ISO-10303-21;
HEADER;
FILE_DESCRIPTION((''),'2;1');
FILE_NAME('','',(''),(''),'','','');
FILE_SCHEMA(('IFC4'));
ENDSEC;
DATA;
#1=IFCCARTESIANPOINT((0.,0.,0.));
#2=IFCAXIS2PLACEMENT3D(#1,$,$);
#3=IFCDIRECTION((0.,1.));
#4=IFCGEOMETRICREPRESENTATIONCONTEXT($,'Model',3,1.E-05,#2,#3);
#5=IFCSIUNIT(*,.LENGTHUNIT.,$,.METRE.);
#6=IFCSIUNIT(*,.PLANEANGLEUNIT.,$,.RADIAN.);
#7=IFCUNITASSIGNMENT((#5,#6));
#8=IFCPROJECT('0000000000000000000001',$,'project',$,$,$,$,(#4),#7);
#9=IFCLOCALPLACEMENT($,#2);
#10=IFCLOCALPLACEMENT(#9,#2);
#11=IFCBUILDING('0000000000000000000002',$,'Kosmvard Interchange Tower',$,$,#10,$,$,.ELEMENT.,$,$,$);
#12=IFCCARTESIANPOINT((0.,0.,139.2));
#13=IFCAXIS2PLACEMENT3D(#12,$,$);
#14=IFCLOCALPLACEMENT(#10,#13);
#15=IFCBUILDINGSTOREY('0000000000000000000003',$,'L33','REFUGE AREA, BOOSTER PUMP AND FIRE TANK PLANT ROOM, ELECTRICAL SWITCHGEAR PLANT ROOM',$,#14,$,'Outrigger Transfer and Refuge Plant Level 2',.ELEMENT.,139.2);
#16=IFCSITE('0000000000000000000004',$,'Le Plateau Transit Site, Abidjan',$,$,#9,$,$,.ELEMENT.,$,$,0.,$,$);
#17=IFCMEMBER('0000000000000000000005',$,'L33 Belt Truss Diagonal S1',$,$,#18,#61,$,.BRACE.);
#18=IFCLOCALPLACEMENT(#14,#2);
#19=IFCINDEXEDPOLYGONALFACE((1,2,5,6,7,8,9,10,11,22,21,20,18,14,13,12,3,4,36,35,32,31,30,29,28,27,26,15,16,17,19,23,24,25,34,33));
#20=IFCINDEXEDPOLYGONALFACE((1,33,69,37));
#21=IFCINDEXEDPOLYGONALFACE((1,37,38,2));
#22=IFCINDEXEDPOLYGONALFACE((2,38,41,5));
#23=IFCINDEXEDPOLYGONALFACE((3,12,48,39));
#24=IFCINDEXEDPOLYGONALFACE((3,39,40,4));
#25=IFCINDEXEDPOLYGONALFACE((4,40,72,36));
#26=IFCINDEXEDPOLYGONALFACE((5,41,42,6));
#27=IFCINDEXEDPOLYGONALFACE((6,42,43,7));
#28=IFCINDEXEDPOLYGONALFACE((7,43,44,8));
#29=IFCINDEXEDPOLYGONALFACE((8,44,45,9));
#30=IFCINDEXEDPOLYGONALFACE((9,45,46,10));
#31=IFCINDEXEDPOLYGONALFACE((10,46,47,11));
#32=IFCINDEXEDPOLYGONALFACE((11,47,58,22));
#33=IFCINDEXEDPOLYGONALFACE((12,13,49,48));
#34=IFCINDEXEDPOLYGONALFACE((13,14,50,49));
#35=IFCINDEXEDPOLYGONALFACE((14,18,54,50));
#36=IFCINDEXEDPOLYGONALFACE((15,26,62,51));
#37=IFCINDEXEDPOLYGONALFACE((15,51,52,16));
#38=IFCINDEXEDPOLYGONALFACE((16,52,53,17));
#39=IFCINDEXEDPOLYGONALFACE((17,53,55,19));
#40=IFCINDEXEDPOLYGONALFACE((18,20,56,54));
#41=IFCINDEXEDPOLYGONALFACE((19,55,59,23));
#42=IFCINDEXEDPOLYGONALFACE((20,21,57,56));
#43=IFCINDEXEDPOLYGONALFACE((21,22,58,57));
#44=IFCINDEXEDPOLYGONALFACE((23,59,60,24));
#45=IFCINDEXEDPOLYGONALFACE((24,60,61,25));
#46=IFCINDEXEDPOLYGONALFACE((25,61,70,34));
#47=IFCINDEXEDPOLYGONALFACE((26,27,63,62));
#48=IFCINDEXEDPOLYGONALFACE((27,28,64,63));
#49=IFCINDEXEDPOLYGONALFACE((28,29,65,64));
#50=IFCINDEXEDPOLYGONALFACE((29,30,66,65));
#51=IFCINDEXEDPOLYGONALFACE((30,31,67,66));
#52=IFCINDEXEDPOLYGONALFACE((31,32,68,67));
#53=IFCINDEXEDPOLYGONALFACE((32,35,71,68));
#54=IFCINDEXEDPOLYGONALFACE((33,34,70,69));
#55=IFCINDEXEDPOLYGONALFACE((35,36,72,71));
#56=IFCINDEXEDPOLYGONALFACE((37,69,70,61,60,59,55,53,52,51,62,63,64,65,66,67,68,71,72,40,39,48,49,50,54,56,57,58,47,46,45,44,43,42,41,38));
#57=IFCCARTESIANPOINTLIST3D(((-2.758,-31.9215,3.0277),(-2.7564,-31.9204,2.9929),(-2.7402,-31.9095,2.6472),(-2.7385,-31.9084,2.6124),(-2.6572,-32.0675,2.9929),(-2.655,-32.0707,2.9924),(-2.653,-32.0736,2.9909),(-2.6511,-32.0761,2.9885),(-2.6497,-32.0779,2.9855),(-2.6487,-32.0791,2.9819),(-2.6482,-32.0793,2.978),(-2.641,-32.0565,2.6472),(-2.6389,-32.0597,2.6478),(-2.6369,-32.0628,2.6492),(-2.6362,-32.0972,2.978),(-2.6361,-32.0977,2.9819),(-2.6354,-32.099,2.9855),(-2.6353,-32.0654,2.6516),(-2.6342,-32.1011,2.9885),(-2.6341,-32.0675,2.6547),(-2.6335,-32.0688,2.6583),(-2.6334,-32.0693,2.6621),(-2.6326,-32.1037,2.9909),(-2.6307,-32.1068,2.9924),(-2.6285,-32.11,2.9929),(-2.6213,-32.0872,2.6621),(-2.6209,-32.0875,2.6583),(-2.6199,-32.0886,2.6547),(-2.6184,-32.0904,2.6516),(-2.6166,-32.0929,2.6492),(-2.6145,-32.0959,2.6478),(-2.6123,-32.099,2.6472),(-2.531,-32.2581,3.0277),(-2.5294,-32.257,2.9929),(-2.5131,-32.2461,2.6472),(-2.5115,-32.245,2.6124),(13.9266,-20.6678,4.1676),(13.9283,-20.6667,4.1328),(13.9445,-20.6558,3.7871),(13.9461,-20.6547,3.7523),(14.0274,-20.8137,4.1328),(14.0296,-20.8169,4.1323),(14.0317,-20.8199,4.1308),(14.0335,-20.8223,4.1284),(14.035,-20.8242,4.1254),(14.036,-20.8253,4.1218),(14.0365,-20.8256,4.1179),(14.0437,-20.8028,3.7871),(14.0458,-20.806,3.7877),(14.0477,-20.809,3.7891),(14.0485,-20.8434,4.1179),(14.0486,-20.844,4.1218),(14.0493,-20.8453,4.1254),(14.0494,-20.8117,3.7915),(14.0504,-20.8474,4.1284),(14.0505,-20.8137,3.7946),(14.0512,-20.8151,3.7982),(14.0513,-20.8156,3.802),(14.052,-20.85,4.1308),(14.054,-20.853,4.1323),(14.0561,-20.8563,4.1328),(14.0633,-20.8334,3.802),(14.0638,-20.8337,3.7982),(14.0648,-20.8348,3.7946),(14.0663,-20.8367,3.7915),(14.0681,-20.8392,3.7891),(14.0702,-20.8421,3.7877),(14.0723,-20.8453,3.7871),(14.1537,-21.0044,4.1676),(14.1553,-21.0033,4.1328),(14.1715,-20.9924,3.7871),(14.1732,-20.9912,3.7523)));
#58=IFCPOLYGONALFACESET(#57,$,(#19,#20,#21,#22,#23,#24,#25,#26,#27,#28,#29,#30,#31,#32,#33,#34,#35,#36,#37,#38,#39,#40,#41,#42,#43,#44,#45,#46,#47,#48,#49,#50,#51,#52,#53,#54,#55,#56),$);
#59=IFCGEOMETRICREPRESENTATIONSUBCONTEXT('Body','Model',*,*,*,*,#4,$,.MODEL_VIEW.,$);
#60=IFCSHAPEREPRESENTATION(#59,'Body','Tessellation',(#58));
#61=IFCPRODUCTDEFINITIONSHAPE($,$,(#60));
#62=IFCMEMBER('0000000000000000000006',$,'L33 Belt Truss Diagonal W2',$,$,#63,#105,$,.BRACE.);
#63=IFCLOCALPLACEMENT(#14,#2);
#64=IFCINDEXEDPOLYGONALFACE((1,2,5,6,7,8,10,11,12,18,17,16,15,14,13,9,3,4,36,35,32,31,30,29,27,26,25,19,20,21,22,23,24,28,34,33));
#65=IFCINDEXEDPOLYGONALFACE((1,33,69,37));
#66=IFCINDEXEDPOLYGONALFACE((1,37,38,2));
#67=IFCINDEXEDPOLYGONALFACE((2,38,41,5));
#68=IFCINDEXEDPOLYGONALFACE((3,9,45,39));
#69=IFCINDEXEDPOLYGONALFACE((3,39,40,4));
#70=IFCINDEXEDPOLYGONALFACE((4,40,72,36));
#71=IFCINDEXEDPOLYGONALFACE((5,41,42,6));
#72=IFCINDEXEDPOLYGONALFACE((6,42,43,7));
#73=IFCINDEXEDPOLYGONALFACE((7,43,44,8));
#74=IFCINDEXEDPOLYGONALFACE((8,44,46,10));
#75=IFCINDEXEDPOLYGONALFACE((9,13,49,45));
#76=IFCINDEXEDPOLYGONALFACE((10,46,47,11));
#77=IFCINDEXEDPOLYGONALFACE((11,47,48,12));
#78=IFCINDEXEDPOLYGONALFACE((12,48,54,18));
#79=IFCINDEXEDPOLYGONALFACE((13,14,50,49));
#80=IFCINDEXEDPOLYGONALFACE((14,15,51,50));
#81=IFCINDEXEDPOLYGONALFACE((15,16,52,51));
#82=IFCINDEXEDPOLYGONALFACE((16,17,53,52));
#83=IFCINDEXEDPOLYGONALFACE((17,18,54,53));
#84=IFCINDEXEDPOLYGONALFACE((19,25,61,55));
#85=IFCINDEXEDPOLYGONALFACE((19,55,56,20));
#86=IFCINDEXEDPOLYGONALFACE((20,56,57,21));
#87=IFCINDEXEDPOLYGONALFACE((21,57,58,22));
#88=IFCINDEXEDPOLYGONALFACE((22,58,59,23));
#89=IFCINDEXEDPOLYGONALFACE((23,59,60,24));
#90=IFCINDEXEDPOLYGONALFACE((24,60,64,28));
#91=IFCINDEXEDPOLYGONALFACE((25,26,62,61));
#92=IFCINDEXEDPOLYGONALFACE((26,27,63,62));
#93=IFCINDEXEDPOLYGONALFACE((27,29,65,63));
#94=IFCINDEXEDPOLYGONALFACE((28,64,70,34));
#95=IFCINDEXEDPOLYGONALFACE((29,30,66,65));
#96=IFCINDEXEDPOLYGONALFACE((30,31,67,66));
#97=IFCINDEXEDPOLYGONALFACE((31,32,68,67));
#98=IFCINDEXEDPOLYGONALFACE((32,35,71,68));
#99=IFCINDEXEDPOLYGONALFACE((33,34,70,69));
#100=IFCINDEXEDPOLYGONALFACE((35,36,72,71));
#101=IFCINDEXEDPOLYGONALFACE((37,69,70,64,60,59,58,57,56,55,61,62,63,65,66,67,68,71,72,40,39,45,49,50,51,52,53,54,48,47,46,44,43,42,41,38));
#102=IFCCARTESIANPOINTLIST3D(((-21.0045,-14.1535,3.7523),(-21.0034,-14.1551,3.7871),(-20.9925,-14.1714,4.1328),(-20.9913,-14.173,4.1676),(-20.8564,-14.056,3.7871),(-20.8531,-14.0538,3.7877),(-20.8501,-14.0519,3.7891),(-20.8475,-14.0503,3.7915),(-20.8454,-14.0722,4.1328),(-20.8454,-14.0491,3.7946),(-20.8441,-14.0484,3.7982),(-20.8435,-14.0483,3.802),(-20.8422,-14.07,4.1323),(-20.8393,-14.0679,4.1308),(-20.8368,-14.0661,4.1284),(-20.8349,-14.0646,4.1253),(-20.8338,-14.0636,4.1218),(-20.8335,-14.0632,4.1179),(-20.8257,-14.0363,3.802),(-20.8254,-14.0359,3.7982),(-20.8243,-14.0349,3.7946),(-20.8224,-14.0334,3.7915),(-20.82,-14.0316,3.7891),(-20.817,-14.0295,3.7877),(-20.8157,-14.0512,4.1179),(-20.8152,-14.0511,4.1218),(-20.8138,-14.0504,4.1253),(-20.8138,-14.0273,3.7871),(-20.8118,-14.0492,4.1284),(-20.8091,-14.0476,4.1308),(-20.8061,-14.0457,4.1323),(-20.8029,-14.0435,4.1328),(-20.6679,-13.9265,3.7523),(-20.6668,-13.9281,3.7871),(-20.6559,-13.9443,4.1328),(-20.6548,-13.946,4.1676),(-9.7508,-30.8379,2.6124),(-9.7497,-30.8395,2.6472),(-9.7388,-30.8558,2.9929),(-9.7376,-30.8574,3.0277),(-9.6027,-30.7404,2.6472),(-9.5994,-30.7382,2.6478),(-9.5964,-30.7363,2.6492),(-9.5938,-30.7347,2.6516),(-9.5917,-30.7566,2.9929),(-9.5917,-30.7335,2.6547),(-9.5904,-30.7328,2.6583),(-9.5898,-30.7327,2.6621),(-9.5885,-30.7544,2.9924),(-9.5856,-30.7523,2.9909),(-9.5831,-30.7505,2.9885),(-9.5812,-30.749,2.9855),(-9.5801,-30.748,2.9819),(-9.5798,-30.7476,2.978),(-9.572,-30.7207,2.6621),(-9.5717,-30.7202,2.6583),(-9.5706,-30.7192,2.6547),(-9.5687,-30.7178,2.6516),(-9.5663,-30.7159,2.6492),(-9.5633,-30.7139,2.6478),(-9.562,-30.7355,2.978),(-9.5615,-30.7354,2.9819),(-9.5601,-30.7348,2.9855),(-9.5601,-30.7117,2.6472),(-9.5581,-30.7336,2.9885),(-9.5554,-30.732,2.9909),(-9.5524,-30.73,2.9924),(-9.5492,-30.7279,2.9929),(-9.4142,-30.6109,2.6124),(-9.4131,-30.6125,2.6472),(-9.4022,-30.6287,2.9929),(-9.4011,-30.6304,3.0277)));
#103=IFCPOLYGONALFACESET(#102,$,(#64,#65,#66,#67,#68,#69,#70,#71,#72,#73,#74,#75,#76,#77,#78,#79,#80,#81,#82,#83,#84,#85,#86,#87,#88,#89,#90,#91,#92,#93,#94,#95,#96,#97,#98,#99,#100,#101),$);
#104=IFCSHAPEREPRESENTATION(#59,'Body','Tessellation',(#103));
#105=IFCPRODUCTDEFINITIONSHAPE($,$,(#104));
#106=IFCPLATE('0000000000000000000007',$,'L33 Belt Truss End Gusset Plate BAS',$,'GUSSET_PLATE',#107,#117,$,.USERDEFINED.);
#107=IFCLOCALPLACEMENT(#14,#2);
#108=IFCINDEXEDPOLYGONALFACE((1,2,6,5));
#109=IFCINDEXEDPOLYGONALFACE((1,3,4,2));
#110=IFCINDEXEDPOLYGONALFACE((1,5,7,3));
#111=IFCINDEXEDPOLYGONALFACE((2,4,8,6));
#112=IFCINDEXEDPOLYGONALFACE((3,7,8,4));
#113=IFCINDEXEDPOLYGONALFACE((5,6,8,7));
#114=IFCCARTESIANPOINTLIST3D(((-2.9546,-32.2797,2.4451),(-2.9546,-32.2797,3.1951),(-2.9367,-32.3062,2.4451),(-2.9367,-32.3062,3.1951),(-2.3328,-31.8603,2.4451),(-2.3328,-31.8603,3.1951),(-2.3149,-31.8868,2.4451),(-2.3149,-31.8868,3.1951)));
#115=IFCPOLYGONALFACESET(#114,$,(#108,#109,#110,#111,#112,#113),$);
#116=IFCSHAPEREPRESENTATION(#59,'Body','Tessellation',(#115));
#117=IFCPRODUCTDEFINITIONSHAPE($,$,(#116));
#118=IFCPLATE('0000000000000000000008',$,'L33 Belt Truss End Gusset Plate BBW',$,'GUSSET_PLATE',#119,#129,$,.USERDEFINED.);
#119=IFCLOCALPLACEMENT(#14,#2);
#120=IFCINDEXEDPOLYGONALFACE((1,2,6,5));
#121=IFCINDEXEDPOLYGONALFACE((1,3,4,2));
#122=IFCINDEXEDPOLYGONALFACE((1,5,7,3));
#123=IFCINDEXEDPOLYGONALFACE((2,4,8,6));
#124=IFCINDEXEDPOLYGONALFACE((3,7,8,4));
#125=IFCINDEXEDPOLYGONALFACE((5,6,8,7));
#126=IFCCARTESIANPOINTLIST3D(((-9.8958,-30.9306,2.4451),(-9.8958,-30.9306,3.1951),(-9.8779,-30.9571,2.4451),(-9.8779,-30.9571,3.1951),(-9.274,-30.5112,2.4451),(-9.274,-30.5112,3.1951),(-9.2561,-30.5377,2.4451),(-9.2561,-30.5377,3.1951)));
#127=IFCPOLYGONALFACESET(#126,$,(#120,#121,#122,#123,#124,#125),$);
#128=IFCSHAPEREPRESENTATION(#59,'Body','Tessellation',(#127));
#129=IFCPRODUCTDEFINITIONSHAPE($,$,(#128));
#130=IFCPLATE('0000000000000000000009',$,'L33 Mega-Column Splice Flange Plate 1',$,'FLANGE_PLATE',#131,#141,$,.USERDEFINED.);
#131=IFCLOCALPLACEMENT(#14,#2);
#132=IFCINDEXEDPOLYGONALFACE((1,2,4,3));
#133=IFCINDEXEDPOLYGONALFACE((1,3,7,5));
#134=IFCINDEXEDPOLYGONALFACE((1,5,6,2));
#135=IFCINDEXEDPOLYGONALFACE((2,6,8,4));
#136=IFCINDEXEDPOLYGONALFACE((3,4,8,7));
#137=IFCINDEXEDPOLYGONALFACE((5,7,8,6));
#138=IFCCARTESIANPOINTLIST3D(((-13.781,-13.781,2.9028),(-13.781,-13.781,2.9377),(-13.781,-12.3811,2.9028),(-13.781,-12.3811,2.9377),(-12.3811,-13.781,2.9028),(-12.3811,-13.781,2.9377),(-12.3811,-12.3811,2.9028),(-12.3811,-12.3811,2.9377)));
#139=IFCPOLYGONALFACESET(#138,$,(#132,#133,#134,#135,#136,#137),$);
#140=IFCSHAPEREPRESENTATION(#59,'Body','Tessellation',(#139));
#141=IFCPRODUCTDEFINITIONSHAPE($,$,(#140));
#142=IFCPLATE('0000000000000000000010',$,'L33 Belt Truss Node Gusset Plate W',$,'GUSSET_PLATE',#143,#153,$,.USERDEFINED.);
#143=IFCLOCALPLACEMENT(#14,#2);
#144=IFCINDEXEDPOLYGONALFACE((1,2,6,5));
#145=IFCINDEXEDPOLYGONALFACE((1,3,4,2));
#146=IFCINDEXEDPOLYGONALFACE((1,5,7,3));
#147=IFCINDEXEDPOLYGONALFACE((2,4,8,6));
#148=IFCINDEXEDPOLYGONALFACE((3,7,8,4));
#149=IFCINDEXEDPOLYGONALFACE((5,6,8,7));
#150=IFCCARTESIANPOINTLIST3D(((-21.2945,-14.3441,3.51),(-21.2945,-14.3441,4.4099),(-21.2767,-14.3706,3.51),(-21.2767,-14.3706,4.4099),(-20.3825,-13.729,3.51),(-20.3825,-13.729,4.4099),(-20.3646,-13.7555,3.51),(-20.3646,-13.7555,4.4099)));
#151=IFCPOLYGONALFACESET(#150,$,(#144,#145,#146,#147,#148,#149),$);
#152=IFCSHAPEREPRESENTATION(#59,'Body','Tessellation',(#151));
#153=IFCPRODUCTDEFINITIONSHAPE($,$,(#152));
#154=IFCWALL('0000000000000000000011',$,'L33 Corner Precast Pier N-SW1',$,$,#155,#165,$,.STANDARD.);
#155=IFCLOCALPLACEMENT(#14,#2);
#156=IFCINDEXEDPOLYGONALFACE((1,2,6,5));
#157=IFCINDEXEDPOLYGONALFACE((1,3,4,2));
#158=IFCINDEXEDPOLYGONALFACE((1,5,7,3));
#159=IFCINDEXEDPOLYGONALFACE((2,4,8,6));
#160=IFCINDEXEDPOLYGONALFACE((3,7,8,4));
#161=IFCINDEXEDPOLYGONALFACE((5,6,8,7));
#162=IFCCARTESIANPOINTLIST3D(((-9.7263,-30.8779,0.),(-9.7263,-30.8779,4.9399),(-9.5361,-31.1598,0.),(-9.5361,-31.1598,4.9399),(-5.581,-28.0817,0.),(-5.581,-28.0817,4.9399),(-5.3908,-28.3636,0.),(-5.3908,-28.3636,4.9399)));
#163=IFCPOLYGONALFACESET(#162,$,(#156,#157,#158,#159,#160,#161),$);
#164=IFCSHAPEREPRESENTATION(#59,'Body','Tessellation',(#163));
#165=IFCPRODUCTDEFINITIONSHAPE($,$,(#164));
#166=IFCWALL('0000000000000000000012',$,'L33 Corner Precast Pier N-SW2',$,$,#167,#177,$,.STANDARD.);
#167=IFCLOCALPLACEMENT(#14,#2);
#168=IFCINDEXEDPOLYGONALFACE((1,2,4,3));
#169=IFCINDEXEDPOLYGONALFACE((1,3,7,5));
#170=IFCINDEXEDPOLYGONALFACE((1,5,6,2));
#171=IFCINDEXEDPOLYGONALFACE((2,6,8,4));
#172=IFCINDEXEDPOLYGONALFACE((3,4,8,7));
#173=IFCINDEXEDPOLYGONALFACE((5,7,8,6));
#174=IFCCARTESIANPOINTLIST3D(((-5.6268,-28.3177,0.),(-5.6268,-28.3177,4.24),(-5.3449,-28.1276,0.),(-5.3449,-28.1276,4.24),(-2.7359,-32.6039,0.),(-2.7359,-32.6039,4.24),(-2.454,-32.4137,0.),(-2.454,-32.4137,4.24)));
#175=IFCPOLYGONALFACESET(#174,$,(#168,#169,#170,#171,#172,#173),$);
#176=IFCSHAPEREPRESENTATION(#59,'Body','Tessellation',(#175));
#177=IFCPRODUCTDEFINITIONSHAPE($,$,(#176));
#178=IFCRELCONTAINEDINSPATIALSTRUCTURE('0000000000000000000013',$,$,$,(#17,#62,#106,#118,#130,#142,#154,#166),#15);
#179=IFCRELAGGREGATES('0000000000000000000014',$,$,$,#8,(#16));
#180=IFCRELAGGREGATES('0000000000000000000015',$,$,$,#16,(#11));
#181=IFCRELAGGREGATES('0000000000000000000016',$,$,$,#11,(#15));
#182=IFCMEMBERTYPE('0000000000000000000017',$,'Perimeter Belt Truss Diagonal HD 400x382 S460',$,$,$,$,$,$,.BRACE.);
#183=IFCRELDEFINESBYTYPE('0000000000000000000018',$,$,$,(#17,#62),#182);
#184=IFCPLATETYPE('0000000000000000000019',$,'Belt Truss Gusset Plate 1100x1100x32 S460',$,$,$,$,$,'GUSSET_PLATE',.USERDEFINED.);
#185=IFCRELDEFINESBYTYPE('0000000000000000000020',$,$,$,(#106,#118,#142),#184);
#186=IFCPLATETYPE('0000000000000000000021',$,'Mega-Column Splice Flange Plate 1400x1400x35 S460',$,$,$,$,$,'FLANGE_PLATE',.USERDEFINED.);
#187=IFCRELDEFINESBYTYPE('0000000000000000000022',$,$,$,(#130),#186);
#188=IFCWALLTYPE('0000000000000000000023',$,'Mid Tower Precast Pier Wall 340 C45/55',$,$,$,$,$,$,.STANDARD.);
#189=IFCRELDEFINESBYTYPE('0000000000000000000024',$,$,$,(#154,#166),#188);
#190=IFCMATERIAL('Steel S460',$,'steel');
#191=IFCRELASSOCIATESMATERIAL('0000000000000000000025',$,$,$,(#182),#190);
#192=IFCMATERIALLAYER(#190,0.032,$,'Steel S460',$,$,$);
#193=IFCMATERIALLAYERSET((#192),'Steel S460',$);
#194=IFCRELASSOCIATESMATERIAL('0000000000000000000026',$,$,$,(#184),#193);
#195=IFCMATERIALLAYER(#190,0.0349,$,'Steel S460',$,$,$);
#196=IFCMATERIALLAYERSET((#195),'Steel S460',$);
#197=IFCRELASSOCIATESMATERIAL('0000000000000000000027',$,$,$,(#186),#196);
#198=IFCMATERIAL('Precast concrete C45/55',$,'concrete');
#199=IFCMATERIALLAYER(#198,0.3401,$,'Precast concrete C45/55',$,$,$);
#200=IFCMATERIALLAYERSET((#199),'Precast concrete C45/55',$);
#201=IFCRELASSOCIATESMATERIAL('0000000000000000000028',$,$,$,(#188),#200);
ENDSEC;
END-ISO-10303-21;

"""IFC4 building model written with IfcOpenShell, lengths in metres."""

from ifc_helpers import new_model, si_unit, direction, frame, frame_2d, origin, origin_2d, place, context, subcontext, project, spatial, rectangle, i_section, extrude, source, transform, mapped, material, layer, layer_set, material_profile, profile_set, type_object, element, save


model = new_model("IFC4")

# Units and contexts
model_context = context("Model", 3, precision=1e-05, world=origin(), true_north=direction((0.0, 1.0)))
body_context = subcontext(model_context, "Body", "Model", "MODEL_VIEW")
ifc_project = project(units=[si_unit("LENGTHUNIT", "METRE"), si_unit("PLANEANGLEUNIT", "RADIAN")], contexts=[model_context])

# Site, building, storey
site_placement = place(None, origin())
site = spatial("IfcSite", under=ifc_project, at=site_placement, Name="Le Plateau Transit Site, Abidjan", CompositionType="ELEMENT", RefElevation=0.0)
building_placement = place(site_placement, origin())
building = spatial("IfcBuilding", under=site, at=building_placement, Name="Kosmvard Interchange Tower", CompositionType="ELEMENT")
storey_placement = place(building_placement, frame((0.0, 0.0, 139.2)))
storey = spatial("IfcBuildingStorey", under=building, at=storey_placement, Name="L33", Description="REFUGE AREA, BOOSTER PUMP AND FIRE TANK PLANT ROOM, ELECTRICAL SWITCHGEAR PLANT ROOM", LongName="Outrigger Transfer and Refuge Plant Level 2", CompositionType="ELEMENT", Elevation=139.2)

# Shared definitions
ifc_material_1 = material(Name="Steel S460", Category="steel")

# Members
ifc_material_profile_1 = material_profile(ifc_material_1, i_section(OverallWidth=0.406, OverallDepth=0.416, WebThickness=0.0215, FlangeThickness=0.0349, FilletRadius=0.0149, at=origin_2d()), Name="HD 400x382")
ifc_profile_set_1 = profile_set([ifc_material_profile_1], Name="Steel S460")
member_type_1 = type_object("IfcMemberType", Name="Perimeter Belt Truss Diagonal HD 400x382 S460", PredefinedType="BRACE", material=ifc_profile_set_1)
shared_shape_1 = source(origin(), body_context, "Body", "SweptSolid", [
    extrude(i_section(OverallWidth=0.406, OverallDepth=0.416, WebThickness=0.0215, FlangeThickness=0.0349, FilletRadius=0.0149, at=origin_2d()), origin(), (0.0, 0.0, 1.0), 20.1575),
])
member_1_placement = place(storey_placement, frame((-2.6348, -32.0833, 2.8201), z_axis=(0.827716, 0.55829, 0.05655), x_axis=(-0.559185, 0.829043, 0.0)))
element("IfcMember", 1, at=member_1_placement, inside=storey, type_object=member_type_1, Name="L33 Belt Truss Diagonal S1", PredefinedType="BRACE", context=body_context, shape_type="MappedRepresentation", body=[
    mapped(shared_shape_1, transform((0.0, 0.0, 0.0), scale=1.0)),
])
shared_shape_2 = source(origin(), body_context, "Body", "SweptSolid", [
    extrude(i_section(OverallWidth=0.406, OverallDepth=0.416, WebThickness=0.0215, FlangeThickness=0.0349, FilletRadius=0.0149, at=origin_2d()), origin(), (0.0, 0.0, 1.0), 20.1572),
])
member_2_placement = place(storey_placement, frame((-9.5759, -30.7341, 2.8201), z_axis=(-0.558296, 0.827712, 0.05655), x_axis=(-0.829039, -0.559191, 0.0)))
element("IfcMember", 2, at=member_2_placement, inside=storey, type_object=member_type_1, Name="L33 Belt Truss Diagonal W2", PredefinedType="BRACE", context=body_context, shape_type="MappedRepresentation", body=[
    mapped(shared_shape_2, transform((0.0, 0.0, 0.0), scale=1.0)),
])

# Plates
ifc_layer_1 = layer(ifc_material_1, 0.032, Name="Steel S460")
ifc_layer_set_1 = layer_set([ifc_layer_1], Name="Steel S460")
plate_type_1 = type_object("IfcPlateType", Name="Belt Truss Gusset Plate 1100x1100x32 S460", ElementType="GUSSET_PLATE", PredefinedType="USERDEFINED", material=ifc_layer_set_1)
shared_shape_3 = source(origin(), body_context, "Body", "SweptSolid", [
    extrude(rectangle(XDim=0.75, YDim=0.032, at=origin_2d()), origin(), (0.0, 0.0, 1.0), 0.75),
])
for number, where, z_axis, x_axis, name in (
    (3, (-2.6348, -32.0833, 2.4451), (0.0, 0.0, 1.0), (0.829038, 0.559193, 0.0), "L33 Belt Truss End Gusset Plate BAS"),
    (4, (-9.5759, -30.7341, 2.4451), (0.0, 0.0, 1.0), (0.829038, 0.559193, 0.0), "L33 Belt Truss End Gusset Plate BBW"),
):
    element("IfcPlate", number, at=place(storey_placement, frame(where, z_axis=z_axis, x_axis=x_axis)), inside=storey, type_object=plate_type_1, Name=name, ObjectType="GUSSET_PLATE", PredefinedType="USERDEFINED", context=body_context, shape_type="MappedRepresentation", body=[
        mapped(shared_shape_3, transform((0.0, 0.0, 0.0), scale=1.0)),
    ])
ifc_layer_2 = layer(ifc_material_1, 0.0349, Name="Steel S460")
ifc_layer_set_2 = layer_set([ifc_layer_2], Name="Steel S460")
plate_type_2 = type_object("IfcPlateType", Name="Mega-Column Splice Flange Plate 1400x1400x35 S460", ElementType="FLANGE_PLATE", PredefinedType="USERDEFINED", material=ifc_layer_set_2)
shared_shape_4 = source(origin(), body_context, "Body", "SweptSolid", [
    extrude(rectangle(XDim=1.3999, YDim=1.3999, at=origin_2d()), origin(), (0.0, 0.0, 1.0), 0.0349),
])
plate_1_placement = place(storey_placement, frame((-13.0811, -13.0811, 2.9028), z_axis=(0.0, 0.0, 1.0), x_axis=(1.0, 0.0, 0.0)))
element("IfcPlate", 5, at=plate_1_placement, inside=storey, type_object=plate_type_2, Name="L33 Mega-Column Splice Flange Plate 1", ObjectType="FLANGE_PLATE", PredefinedType="USERDEFINED", context=body_context, shape_type="MappedRepresentation", body=[
    mapped(shared_shape_4, transform((0.0, 0.0, 0.0), scale=1.0)),
])
shared_shape_5 = source(origin(), body_context, "Body", "SweptSolid", [
    extrude(rectangle(XDim=1.1001, YDim=0.032, at=origin_2d()), origin(), (0.0, 0.0, 1.0), 0.8999),
])
plate_2_placement = place(storey_placement, frame((-20.8296, -14.0498, 3.51), z_axis=(0.0, 0.0, 1.0), x_axis=(0.829038, 0.559193, 0.0)))
element("IfcPlate", 6, at=plate_2_placement, inside=storey, type_object=plate_type_1, Name="L33 Belt Truss Node Gusset Plate W", ObjectType="GUSSET_PLATE", PredefinedType="USERDEFINED", context=body_context, shape_type="MappedRepresentation", body=[
    mapped(shared_shape_5, transform((0.0, 0.0, 0.0), scale=1.0)),
])

# Walls
ifc_material_2 = material(Name="Precast concrete C45/55", Category="concrete")
ifc_layer_3 = layer(ifc_material_2, 0.3401, Name="Precast concrete C45/55")
ifc_layer_set_3 = layer_set([ifc_layer_3], Name="Precast concrete C45/55")
wall_type_1 = type_object("IfcWallType", Name="Mid Tower Precast Pier Wall 340 C45/55", PredefinedType="STANDARD", material=ifc_layer_set_3)
wall_1_placement = place(storey_placement, frame((-9.6311, -31.0188, 0.0), z_axis=(0.0, 0.0, 1.0), x_axis=(0.829026, 0.55921, 0.0)))
element("IfcWall", 7, at=wall_1_placement, inside=storey, type_object=wall_type_1, Name="L33 Corner Precast Pier N-SW1", PredefinedType="STANDARD", context=body_context, shape_type="SweptSolid", body=[
    extrude(rectangle(XDim=5.0002, YDim=0.3401, at=frame_2d((2.5, 0.0))), origin(), (0.0, 0.0, 1.0), 4.9399),
])
wall_2_placement = place(storey_placement, frame((-5.4858, -28.2227, 0.0), z_axis=(0.0, 0.0, 1.0), x_axis=(0.559171, -0.829052, 0.0)))
element("IfcWall", 8, at=wall_2_placement, inside=storey, type_object=wall_type_1, Name="L33 Corner Precast Pier N-SW2", PredefinedType="STANDARD", context=body_context, shape_type="SweptSolid", body=[
    extrude(rectangle(XDim=5.1699, YDim=0.3401, at=frame_2d((2.585, 0.0))), origin(), (0.0, 0.0, 1.0), 4.24),
])

save(model, "model.ifc")
